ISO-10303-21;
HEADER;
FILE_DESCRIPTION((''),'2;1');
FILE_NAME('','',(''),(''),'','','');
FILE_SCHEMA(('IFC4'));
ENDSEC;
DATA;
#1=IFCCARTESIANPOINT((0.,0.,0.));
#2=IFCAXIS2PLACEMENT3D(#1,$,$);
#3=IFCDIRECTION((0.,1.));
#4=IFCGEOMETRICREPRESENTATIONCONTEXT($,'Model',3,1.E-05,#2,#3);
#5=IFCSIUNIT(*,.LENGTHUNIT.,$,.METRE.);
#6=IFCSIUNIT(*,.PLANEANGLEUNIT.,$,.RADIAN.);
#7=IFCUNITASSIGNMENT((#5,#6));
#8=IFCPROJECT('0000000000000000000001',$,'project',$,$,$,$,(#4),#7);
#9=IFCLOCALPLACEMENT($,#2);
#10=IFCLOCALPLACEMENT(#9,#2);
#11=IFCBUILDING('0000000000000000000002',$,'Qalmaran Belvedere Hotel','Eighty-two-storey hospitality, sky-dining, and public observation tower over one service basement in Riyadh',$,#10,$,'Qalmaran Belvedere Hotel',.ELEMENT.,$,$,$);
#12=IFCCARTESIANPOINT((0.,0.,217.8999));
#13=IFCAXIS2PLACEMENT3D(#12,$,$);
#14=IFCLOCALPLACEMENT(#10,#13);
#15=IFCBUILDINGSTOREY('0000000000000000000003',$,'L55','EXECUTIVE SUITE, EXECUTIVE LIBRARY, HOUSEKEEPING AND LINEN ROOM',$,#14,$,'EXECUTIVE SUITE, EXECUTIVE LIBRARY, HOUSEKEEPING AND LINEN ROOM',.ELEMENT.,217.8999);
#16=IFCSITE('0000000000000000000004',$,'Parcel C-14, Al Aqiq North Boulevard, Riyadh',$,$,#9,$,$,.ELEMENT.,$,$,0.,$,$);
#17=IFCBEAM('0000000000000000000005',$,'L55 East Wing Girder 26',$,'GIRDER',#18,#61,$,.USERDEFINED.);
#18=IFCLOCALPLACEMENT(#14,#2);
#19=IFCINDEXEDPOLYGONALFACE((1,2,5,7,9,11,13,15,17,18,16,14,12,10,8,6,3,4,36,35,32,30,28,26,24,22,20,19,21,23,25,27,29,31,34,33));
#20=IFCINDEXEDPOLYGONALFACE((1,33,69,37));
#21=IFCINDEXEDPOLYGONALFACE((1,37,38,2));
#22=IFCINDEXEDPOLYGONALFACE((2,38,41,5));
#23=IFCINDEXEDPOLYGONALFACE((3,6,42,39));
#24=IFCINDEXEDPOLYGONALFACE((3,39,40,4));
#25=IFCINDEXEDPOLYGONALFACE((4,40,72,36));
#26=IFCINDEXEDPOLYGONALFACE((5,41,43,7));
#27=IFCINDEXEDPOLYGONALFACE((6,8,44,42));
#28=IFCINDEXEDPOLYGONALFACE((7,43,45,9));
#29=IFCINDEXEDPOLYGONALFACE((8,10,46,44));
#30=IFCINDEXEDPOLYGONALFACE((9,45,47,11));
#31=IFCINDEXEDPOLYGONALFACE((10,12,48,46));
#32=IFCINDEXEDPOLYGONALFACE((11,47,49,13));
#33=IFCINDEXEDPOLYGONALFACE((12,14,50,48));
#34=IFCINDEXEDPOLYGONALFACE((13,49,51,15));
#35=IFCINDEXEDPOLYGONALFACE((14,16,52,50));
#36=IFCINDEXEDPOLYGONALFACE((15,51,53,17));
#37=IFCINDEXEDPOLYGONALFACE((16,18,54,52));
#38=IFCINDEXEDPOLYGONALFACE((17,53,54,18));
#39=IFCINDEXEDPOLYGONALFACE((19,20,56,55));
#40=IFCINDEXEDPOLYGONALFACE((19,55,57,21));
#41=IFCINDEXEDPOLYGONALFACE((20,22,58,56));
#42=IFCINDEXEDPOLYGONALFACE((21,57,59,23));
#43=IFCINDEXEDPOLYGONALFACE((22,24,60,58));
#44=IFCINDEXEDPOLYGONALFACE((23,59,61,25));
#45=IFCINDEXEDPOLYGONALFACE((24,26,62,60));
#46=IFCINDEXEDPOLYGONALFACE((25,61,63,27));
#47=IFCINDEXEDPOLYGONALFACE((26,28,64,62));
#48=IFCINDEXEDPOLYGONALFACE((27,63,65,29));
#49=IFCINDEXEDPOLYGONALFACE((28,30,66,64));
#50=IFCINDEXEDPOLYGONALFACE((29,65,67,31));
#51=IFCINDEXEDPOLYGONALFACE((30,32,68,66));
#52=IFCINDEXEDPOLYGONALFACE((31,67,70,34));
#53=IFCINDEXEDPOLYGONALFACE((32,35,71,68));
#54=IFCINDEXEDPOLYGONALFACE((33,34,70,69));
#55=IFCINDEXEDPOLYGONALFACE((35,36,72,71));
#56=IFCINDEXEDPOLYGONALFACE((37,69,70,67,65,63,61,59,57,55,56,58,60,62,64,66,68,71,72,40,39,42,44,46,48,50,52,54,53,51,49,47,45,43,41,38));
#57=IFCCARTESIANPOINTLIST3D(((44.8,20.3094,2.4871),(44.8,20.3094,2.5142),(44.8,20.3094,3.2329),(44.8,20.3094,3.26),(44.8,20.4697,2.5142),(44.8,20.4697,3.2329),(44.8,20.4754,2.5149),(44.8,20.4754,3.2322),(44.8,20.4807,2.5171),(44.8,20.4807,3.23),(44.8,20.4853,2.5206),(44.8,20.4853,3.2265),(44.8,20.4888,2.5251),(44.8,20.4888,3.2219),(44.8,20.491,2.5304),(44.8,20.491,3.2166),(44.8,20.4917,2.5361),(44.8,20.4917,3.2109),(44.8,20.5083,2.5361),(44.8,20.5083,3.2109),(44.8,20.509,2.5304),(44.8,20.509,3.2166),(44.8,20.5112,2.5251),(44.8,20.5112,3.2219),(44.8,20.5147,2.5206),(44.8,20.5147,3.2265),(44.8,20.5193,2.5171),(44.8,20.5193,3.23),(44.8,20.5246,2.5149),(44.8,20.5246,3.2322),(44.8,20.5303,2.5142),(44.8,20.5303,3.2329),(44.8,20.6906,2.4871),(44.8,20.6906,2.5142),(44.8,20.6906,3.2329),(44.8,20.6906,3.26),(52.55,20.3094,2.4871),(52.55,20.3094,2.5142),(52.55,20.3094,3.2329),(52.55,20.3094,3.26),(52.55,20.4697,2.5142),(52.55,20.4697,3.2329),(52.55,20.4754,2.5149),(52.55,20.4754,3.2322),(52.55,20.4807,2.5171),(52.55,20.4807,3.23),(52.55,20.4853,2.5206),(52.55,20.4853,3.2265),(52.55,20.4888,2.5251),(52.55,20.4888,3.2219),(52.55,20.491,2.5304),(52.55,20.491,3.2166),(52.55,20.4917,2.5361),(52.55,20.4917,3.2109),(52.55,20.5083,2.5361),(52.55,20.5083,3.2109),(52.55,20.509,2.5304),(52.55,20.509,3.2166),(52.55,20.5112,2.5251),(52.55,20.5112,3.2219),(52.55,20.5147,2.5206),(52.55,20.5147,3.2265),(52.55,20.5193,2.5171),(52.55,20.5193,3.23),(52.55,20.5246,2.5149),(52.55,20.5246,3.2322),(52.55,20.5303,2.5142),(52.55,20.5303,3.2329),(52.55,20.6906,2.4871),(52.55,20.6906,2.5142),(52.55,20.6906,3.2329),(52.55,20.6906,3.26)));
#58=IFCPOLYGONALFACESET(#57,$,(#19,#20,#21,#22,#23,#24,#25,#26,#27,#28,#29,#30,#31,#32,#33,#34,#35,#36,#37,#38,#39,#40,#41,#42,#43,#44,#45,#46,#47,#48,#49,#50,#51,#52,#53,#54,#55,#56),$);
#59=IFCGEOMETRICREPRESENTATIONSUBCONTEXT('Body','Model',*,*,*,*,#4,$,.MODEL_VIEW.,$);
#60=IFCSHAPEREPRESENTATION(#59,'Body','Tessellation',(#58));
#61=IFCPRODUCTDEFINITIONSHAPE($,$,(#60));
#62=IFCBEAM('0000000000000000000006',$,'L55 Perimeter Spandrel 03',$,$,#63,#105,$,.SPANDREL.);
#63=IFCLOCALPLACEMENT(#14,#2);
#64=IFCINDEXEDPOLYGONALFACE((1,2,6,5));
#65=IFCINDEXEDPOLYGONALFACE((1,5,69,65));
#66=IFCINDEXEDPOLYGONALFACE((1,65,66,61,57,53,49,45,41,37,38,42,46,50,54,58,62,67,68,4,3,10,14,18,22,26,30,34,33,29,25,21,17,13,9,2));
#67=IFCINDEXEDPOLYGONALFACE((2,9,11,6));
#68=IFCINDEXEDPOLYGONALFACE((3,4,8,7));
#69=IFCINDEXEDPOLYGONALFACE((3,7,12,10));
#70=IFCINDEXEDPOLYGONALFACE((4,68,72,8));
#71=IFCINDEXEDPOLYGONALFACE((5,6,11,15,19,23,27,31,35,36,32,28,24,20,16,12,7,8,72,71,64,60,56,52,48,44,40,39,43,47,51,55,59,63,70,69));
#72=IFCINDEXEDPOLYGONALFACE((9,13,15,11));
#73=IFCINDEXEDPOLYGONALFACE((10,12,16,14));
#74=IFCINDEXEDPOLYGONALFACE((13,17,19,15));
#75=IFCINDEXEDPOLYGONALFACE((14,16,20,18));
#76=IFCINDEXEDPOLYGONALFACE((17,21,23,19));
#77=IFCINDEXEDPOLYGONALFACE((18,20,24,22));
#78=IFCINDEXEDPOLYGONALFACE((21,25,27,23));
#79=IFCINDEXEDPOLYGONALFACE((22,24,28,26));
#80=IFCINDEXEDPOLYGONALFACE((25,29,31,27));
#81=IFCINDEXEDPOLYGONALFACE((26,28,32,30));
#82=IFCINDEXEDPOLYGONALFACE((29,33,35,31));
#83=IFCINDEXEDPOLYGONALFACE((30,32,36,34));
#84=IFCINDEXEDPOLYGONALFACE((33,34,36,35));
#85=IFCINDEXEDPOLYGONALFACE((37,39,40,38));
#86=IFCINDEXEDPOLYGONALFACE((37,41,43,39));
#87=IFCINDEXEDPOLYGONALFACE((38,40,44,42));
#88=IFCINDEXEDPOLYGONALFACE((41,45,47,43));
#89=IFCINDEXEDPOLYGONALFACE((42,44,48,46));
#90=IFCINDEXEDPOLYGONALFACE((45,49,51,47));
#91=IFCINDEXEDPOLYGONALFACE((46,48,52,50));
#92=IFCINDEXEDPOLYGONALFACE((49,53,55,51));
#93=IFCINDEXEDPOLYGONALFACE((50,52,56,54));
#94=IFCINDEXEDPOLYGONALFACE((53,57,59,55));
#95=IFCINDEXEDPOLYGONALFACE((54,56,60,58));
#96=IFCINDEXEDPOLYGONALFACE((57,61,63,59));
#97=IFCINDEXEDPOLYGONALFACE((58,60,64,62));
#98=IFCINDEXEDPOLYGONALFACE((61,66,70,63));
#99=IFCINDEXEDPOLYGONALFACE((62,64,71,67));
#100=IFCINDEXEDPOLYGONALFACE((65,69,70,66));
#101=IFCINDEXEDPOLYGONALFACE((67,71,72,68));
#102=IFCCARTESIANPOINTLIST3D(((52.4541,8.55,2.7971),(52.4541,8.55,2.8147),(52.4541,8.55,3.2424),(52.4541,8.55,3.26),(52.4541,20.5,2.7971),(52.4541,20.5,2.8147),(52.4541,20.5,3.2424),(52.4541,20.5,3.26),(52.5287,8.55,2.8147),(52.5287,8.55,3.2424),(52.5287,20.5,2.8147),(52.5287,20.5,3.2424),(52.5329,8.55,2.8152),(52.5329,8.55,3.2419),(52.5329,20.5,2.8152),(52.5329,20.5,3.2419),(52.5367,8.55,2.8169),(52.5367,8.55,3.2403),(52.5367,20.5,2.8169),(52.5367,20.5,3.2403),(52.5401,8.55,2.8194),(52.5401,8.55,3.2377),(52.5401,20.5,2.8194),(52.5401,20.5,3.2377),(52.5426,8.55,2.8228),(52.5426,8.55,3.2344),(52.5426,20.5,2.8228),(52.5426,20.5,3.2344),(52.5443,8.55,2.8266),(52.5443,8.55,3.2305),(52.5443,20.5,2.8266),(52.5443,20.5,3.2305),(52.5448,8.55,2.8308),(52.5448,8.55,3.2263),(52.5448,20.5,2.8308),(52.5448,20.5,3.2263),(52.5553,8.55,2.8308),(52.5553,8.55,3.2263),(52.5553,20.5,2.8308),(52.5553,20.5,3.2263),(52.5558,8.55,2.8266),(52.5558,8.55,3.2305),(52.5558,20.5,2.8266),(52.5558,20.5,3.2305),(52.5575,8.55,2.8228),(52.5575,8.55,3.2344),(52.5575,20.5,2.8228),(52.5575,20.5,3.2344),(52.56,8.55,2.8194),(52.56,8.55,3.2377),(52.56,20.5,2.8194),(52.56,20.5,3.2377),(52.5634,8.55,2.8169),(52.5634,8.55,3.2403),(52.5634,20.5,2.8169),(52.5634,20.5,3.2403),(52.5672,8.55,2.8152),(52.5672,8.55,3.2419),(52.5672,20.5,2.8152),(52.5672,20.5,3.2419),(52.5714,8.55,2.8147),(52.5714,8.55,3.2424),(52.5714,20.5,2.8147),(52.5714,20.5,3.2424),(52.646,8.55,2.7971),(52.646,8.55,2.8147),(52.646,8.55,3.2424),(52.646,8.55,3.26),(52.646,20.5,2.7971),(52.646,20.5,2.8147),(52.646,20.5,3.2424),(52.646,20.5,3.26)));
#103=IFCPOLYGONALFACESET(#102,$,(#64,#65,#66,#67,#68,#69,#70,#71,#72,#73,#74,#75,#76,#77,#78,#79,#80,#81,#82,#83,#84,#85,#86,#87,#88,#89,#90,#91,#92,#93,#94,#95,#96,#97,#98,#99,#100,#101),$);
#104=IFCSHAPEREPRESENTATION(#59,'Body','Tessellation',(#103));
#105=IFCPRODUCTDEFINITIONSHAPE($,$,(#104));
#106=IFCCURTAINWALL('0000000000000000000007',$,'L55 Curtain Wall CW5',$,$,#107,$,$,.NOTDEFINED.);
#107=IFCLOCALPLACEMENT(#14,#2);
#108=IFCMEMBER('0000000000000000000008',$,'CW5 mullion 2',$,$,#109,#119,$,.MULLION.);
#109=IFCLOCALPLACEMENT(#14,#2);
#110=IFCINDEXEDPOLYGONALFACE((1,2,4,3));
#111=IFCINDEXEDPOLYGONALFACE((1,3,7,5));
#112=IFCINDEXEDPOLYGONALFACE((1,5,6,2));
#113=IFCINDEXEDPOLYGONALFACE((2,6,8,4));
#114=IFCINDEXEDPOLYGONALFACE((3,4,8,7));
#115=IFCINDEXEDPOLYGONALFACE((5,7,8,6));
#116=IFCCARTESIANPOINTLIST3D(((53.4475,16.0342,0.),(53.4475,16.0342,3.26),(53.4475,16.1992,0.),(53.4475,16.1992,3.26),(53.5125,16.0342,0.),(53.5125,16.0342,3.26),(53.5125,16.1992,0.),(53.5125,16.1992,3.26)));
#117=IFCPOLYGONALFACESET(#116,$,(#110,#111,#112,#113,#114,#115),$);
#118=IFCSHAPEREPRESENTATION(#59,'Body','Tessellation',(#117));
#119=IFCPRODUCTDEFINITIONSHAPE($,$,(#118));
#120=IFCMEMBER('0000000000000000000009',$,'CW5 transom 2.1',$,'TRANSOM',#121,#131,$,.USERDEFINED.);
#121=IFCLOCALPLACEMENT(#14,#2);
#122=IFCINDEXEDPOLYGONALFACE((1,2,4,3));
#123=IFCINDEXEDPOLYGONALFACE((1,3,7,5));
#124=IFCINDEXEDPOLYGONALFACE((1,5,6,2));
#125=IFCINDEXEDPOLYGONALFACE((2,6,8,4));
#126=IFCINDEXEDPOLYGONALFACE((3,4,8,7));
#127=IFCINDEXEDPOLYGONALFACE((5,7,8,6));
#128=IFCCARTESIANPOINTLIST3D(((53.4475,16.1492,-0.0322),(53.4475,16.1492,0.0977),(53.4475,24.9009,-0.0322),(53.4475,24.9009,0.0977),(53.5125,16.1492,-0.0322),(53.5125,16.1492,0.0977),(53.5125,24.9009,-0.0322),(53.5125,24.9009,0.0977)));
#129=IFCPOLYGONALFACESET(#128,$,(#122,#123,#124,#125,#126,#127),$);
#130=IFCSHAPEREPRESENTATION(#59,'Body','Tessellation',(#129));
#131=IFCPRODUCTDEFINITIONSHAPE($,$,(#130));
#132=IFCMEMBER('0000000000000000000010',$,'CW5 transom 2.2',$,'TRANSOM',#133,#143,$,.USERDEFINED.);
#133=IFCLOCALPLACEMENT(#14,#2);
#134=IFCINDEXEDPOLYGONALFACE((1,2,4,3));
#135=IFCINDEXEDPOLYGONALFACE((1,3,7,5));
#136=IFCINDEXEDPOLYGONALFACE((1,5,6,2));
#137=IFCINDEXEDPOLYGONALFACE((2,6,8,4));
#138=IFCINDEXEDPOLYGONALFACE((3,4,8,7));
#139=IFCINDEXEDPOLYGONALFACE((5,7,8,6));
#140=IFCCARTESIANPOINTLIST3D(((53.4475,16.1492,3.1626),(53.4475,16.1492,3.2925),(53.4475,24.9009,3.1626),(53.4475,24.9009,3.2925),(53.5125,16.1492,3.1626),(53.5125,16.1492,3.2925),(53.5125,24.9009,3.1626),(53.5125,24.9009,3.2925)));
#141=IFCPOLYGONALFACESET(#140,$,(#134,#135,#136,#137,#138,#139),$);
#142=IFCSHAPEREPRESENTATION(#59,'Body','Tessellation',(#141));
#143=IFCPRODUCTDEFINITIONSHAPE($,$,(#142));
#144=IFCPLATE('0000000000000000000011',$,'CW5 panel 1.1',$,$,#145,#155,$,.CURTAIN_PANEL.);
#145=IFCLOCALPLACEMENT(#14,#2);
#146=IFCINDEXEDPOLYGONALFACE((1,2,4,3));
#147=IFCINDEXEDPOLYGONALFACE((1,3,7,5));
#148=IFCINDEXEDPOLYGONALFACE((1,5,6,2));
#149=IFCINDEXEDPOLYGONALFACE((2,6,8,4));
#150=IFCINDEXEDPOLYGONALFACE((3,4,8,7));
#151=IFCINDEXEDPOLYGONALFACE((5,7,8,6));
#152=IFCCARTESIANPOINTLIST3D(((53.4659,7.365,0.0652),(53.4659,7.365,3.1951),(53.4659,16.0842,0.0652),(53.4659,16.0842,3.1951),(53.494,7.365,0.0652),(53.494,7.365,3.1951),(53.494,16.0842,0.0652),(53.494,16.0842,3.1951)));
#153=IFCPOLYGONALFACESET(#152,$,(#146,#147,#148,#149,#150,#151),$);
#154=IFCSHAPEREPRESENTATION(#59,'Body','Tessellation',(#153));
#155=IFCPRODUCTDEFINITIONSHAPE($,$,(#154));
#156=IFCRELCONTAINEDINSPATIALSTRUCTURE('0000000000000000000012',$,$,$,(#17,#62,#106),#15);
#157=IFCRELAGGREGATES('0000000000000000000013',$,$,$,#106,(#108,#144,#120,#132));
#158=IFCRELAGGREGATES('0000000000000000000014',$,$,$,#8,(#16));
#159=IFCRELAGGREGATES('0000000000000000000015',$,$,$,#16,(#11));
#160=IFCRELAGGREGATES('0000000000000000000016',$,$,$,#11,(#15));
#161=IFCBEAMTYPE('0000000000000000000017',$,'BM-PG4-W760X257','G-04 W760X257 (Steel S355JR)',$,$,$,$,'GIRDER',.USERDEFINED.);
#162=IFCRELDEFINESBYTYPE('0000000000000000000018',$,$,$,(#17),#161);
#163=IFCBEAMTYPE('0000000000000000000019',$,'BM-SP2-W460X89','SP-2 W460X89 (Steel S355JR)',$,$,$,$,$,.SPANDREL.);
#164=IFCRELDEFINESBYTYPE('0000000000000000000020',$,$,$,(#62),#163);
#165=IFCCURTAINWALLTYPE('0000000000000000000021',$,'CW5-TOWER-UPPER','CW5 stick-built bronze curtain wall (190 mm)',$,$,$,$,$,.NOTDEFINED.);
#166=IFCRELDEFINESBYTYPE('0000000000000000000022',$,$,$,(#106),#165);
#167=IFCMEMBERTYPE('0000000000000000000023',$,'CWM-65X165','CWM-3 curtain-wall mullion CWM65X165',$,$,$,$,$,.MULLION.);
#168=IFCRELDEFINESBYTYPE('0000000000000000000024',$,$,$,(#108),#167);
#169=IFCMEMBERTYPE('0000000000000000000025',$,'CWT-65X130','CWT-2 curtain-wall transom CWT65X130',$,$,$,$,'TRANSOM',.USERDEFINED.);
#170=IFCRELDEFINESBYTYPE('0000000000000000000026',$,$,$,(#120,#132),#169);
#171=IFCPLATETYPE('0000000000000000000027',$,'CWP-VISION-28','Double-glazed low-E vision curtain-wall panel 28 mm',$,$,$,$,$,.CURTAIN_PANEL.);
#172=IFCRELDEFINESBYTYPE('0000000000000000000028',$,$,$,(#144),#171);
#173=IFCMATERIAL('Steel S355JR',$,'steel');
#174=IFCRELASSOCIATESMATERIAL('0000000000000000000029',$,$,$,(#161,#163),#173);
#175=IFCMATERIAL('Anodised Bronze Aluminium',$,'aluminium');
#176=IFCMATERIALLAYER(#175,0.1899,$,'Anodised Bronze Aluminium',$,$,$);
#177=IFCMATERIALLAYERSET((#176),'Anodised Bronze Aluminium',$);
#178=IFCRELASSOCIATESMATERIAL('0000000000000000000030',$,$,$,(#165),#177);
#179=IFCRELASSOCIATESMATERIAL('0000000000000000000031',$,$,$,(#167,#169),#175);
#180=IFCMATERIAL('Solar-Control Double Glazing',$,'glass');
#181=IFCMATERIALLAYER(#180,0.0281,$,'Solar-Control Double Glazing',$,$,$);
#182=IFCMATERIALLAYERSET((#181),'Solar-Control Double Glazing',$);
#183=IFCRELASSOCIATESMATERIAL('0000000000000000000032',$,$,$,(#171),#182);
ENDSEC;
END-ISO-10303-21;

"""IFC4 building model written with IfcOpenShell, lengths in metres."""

from ifc_helpers import new_model, si_unit, direction, frame, origin, origin_2d, place, context, subcontext, project, spatial, rectangle, i_section, extrude, material, layer, layer_set, material_profile, profile_set, type_object, element, aggregate, save


model = new_model("IFC4")

# Units and contexts
model_context = context("Model", 3, precision=1e-05, world=origin(), true_north=direction((0.0, 1.0)))
body_context = subcontext(model_context, "Body", "Model", "MODEL_VIEW")
ifc_project = project(units=[si_unit("LENGTHUNIT", "METRE"), si_unit("PLANEANGLEUNIT", "RADIAN")], contexts=[model_context])

# Site, building, storey
site_placement = place(None, origin())
site = spatial("IfcSite", under=ifc_project, at=site_placement, Name="Parcel C-14, Al Aqiq North Boulevard, Riyadh", CompositionType="ELEMENT", RefElevation=0.0)
building_placement = place(site_placement, origin())
building = spatial("IfcBuilding", under=site, at=building_placement, Name="Qalmaran Belvedere Hotel", Description="Eighty-two-storey hospitality, sky-dining, and public observation tower over one service basement in Riyadh", LongName="Qalmaran Belvedere Hotel", CompositionType="ELEMENT")
storey_placement = place(building_placement, frame((0.0, 0.0, 217.8999)))
storey = spatial("IfcBuildingStorey", under=building, at=storey_placement, Name="L55", Description="EXECUTIVE SUITE, EXECUTIVE LIBRARY, HOUSEKEEPING AND LINEN ROOM", LongName="EXECUTIVE SUITE, EXECUTIVE LIBRARY, HOUSEKEEPING AND LINEN ROOM", CompositionType="ELEMENT", Elevation=217.8999)

# Beams
ifc_material_1 = material(Name="Steel S355JR", Category="steel")
ifc_material_profile_1 = material_profile(ifc_material_1, i_section(OverallWidth=0.3811, OverallDepth=0.7729, WebThickness=0.0166, FlangeThickness=0.0271, FilletRadius=0.022, at=origin_2d()), Name="W760X257")
ifc_profile_set_1 = profile_set([ifc_material_profile_1], Name="Steel S355JR")
beam_type_1 = type_object("IfcBeamType", Name="BM-PG4-W760X257", Description="G-04 W760X257 (Steel S355JR)", ElementType="GIRDER", PredefinedType="USERDEFINED", material=ifc_profile_set_1)
beam_1_placement = place(storey_placement, frame((44.8, 20.5, 2.8735), z_axis=(1.0, 0.0, 0.0), x_axis=(0.0, 1.0, 0.0)))
element("IfcBeam", 1, at=beam_1_placement, inside=storey, type_object=beam_type_1, Name="L55 East Wing Girder 26", ObjectType="GIRDER", PredefinedType="USERDEFINED", context=body_context, shape_type="SweptSolid", body=[
    extrude(i_section(OverallWidth=0.3811, OverallDepth=0.7729, WebThickness=0.0166, FlangeThickness=0.0271, FilletRadius=0.022, at=origin_2d()), origin(), (0.0, 0.0, 1.0), 7.75),
])
ifc_material_profile_2 = material_profile(ifc_material_1, i_section(OverallWidth=0.1919, OverallDepth=0.4629, WebThickness=0.0105, FlangeThickness=0.0176, FilletRadius=0.0161, at=origin_2d()), Name="W460X89")
ifc_profile_set_2 = profile_set([ifc_material_profile_2], Name="Steel S355JR")
beam_type_2 = type_object("IfcBeamType", Name="BM-SP2-W460X89", Description="SP-2 W460X89 (Steel S355JR)", PredefinedType="SPANDREL", material=ifc_profile_set_2)
beam_2_placement = place(storey_placement, frame((52.55, 8.55, 3.0286), z_axis=(0.0, 1.0, 0.0), x_axis=(-1.0, 0.0, 0.0)))
element("IfcBeam", 2, at=beam_2_placement, inside=storey, type_object=beam_type_2, Name="L55 Perimeter Spandrel 03", PredefinedType="SPANDREL", context=body_context, shape_type="SweptSolid", body=[
    extrude(i_section(OverallWidth=0.1919, OverallDepth=0.4629, WebThickness=0.0105, FlangeThickness=0.0176, FilletRadius=0.0161, at=origin_2d()), origin(), (0.0, 0.0, 1.0), 11.95),
])

# Curtain wall, members, plate
ifc_material_2 = material(Name="Anodised Bronze Aluminium", Category="aluminium")
ifc_layer_1 = layer(ifc_material_2, 0.1899, Name="Anodised Bronze Aluminium")
ifc_layer_set_1 = layer_set([ifc_layer_1], Name="Anodised Bronze Aluminium")
curtain_wall_type = type_object("IfcCurtainWallType", Name="CW5-TOWER-UPPER", Description="CW5 stick-built bronze curtain wall (190 mm)", PredefinedType="NOTDEFINED", material=ifc_layer_set_1)
curtain_wall_placement = place(storey_placement, origin())
curtain_wall = element("IfcCurtainWall", 3, at=curtain_wall_placement, inside=storey, type_object=curtain_wall_type, Name="L55 Curtain Wall CW5", PredefinedType="NOTDEFINED")
ifc_material_profile_3 = material_profile(ifc_material_2, rectangle(XDim=0.0649, YDim=0.165, at=origin_2d()), Name="CWM65X165")
ifc_profile_set_3 = profile_set([ifc_material_profile_3], Name="Anodised Bronze Aluminium")
member_type_1 = type_object("IfcMemberType", Name="CWM-65X165", Description="CWM-3 curtain-wall mullion CWM65X165", PredefinedType="MULLION", material=ifc_profile_set_3)
member_1_placement = place(storey_placement, frame((53.48, 16.1167, 0.0), z_axis=(0.0, 0.0, 1.0), x_axis=(-1.0, 0.0, 0.0)))
member_1 = element("IfcMember", 4, at=member_1_placement, type_object=member_type_1, Name="CW5 mullion 2", PredefinedType="MULLION", context=body_context, shape_type="SweptSolid", body=[
    extrude(rectangle(XDim=0.0649, YDim=0.165, at=origin_2d()), origin(), (0.0, 0.0, 1.0), 3.26),
])
ifc_material_profile_4 = material_profile(ifc_material_2, rectangle(XDim=0.0649, YDim=0.1299, at=origin_2d()), Name="CWT65X130")
ifc_profile_set_4 = profile_set([ifc_material_profile_4], Name="Anodised Bronze Aluminium")
member_type_2 = type_object("IfcMemberType", Name="CWT-65X130", Description="CWT-2 curtain-wall transom CWT65X130", ElementType="TRANSOM", PredefinedType="USERDEFINED", material=ifc_profile_set_4)
member_2_placement = place(storey_placement, frame((53.48, 16.1492, 0.0327), z_axis=(0.0, 1.0, 0.0), x_axis=(-1.0, 0.0, 0.0)))
member_2 = element("IfcMember", 5, at=member_2_placement, type_object=member_type_2, Name="CW5 transom 2.1", ObjectType="TRANSOM", PredefinedType="USERDEFINED", context=body_context, shape_type="SweptSolid", body=[
    extrude(rectangle(XDim=0.0649, YDim=0.1299, at=origin_2d()), origin(), (0.0, 0.0, 1.0), 8.7517),
])
member_3_placement = place(storey_placement, frame((53.48, 16.1492, 3.2275), z_axis=(0.0, 1.0, 0.0), x_axis=(-1.0, 0.0, 0.0)))
member_3 = element("IfcMember", 6, at=member_3_placement, type_object=member_type_2, Name="CW5 transom 2.2", ObjectType="TRANSOM", PredefinedType="USERDEFINED", context=body_context, shape_type="SweptSolid", body=[
    extrude(rectangle(XDim=0.0649, YDim=0.1299, at=origin_2d()), origin(), (0.0, 0.0, 1.0), 8.7517),
])
ifc_material_3 = material(Name="Solar-Control Double Glazing", Category="glass")
ifc_layer_2 = layer(ifc_material_3, 0.0281, Name="Solar-Control Double Glazing")
ifc_layer_set_2 = layer_set([ifc_layer_2], Name="Solar-Control Double Glazing")
plate_type = type_object("IfcPlateType", Name="CWP-VISION-28", Description="Double-glazed low-E vision curtain-wall panel 28 mm", PredefinedType="CURTAIN_PANEL", material=ifc_layer_set_2)
plate_placement = place(storey_placement, frame((53.48, 11.7246, 0.0652), z_axis=(0.0, 0.0, 1.0), x_axis=(0.0, 1.0, 0.0)))
plate = element("IfcPlate", 7, at=plate_placement, type_object=plate_type, Name="CW5 panel 1.1", PredefinedType="CURTAIN_PANEL", context=body_context, shape_type="SweptSolid", body=[
    extrude(rectangle(XDim=8.7192, YDim=0.0281, at=origin_2d()), origin(), (0.0, 0.0, 1.0), 3.1299),
])
aggregate(curtain_wall, [member_1, plate, member_2, member_3])

save(model, "model.ifc")
